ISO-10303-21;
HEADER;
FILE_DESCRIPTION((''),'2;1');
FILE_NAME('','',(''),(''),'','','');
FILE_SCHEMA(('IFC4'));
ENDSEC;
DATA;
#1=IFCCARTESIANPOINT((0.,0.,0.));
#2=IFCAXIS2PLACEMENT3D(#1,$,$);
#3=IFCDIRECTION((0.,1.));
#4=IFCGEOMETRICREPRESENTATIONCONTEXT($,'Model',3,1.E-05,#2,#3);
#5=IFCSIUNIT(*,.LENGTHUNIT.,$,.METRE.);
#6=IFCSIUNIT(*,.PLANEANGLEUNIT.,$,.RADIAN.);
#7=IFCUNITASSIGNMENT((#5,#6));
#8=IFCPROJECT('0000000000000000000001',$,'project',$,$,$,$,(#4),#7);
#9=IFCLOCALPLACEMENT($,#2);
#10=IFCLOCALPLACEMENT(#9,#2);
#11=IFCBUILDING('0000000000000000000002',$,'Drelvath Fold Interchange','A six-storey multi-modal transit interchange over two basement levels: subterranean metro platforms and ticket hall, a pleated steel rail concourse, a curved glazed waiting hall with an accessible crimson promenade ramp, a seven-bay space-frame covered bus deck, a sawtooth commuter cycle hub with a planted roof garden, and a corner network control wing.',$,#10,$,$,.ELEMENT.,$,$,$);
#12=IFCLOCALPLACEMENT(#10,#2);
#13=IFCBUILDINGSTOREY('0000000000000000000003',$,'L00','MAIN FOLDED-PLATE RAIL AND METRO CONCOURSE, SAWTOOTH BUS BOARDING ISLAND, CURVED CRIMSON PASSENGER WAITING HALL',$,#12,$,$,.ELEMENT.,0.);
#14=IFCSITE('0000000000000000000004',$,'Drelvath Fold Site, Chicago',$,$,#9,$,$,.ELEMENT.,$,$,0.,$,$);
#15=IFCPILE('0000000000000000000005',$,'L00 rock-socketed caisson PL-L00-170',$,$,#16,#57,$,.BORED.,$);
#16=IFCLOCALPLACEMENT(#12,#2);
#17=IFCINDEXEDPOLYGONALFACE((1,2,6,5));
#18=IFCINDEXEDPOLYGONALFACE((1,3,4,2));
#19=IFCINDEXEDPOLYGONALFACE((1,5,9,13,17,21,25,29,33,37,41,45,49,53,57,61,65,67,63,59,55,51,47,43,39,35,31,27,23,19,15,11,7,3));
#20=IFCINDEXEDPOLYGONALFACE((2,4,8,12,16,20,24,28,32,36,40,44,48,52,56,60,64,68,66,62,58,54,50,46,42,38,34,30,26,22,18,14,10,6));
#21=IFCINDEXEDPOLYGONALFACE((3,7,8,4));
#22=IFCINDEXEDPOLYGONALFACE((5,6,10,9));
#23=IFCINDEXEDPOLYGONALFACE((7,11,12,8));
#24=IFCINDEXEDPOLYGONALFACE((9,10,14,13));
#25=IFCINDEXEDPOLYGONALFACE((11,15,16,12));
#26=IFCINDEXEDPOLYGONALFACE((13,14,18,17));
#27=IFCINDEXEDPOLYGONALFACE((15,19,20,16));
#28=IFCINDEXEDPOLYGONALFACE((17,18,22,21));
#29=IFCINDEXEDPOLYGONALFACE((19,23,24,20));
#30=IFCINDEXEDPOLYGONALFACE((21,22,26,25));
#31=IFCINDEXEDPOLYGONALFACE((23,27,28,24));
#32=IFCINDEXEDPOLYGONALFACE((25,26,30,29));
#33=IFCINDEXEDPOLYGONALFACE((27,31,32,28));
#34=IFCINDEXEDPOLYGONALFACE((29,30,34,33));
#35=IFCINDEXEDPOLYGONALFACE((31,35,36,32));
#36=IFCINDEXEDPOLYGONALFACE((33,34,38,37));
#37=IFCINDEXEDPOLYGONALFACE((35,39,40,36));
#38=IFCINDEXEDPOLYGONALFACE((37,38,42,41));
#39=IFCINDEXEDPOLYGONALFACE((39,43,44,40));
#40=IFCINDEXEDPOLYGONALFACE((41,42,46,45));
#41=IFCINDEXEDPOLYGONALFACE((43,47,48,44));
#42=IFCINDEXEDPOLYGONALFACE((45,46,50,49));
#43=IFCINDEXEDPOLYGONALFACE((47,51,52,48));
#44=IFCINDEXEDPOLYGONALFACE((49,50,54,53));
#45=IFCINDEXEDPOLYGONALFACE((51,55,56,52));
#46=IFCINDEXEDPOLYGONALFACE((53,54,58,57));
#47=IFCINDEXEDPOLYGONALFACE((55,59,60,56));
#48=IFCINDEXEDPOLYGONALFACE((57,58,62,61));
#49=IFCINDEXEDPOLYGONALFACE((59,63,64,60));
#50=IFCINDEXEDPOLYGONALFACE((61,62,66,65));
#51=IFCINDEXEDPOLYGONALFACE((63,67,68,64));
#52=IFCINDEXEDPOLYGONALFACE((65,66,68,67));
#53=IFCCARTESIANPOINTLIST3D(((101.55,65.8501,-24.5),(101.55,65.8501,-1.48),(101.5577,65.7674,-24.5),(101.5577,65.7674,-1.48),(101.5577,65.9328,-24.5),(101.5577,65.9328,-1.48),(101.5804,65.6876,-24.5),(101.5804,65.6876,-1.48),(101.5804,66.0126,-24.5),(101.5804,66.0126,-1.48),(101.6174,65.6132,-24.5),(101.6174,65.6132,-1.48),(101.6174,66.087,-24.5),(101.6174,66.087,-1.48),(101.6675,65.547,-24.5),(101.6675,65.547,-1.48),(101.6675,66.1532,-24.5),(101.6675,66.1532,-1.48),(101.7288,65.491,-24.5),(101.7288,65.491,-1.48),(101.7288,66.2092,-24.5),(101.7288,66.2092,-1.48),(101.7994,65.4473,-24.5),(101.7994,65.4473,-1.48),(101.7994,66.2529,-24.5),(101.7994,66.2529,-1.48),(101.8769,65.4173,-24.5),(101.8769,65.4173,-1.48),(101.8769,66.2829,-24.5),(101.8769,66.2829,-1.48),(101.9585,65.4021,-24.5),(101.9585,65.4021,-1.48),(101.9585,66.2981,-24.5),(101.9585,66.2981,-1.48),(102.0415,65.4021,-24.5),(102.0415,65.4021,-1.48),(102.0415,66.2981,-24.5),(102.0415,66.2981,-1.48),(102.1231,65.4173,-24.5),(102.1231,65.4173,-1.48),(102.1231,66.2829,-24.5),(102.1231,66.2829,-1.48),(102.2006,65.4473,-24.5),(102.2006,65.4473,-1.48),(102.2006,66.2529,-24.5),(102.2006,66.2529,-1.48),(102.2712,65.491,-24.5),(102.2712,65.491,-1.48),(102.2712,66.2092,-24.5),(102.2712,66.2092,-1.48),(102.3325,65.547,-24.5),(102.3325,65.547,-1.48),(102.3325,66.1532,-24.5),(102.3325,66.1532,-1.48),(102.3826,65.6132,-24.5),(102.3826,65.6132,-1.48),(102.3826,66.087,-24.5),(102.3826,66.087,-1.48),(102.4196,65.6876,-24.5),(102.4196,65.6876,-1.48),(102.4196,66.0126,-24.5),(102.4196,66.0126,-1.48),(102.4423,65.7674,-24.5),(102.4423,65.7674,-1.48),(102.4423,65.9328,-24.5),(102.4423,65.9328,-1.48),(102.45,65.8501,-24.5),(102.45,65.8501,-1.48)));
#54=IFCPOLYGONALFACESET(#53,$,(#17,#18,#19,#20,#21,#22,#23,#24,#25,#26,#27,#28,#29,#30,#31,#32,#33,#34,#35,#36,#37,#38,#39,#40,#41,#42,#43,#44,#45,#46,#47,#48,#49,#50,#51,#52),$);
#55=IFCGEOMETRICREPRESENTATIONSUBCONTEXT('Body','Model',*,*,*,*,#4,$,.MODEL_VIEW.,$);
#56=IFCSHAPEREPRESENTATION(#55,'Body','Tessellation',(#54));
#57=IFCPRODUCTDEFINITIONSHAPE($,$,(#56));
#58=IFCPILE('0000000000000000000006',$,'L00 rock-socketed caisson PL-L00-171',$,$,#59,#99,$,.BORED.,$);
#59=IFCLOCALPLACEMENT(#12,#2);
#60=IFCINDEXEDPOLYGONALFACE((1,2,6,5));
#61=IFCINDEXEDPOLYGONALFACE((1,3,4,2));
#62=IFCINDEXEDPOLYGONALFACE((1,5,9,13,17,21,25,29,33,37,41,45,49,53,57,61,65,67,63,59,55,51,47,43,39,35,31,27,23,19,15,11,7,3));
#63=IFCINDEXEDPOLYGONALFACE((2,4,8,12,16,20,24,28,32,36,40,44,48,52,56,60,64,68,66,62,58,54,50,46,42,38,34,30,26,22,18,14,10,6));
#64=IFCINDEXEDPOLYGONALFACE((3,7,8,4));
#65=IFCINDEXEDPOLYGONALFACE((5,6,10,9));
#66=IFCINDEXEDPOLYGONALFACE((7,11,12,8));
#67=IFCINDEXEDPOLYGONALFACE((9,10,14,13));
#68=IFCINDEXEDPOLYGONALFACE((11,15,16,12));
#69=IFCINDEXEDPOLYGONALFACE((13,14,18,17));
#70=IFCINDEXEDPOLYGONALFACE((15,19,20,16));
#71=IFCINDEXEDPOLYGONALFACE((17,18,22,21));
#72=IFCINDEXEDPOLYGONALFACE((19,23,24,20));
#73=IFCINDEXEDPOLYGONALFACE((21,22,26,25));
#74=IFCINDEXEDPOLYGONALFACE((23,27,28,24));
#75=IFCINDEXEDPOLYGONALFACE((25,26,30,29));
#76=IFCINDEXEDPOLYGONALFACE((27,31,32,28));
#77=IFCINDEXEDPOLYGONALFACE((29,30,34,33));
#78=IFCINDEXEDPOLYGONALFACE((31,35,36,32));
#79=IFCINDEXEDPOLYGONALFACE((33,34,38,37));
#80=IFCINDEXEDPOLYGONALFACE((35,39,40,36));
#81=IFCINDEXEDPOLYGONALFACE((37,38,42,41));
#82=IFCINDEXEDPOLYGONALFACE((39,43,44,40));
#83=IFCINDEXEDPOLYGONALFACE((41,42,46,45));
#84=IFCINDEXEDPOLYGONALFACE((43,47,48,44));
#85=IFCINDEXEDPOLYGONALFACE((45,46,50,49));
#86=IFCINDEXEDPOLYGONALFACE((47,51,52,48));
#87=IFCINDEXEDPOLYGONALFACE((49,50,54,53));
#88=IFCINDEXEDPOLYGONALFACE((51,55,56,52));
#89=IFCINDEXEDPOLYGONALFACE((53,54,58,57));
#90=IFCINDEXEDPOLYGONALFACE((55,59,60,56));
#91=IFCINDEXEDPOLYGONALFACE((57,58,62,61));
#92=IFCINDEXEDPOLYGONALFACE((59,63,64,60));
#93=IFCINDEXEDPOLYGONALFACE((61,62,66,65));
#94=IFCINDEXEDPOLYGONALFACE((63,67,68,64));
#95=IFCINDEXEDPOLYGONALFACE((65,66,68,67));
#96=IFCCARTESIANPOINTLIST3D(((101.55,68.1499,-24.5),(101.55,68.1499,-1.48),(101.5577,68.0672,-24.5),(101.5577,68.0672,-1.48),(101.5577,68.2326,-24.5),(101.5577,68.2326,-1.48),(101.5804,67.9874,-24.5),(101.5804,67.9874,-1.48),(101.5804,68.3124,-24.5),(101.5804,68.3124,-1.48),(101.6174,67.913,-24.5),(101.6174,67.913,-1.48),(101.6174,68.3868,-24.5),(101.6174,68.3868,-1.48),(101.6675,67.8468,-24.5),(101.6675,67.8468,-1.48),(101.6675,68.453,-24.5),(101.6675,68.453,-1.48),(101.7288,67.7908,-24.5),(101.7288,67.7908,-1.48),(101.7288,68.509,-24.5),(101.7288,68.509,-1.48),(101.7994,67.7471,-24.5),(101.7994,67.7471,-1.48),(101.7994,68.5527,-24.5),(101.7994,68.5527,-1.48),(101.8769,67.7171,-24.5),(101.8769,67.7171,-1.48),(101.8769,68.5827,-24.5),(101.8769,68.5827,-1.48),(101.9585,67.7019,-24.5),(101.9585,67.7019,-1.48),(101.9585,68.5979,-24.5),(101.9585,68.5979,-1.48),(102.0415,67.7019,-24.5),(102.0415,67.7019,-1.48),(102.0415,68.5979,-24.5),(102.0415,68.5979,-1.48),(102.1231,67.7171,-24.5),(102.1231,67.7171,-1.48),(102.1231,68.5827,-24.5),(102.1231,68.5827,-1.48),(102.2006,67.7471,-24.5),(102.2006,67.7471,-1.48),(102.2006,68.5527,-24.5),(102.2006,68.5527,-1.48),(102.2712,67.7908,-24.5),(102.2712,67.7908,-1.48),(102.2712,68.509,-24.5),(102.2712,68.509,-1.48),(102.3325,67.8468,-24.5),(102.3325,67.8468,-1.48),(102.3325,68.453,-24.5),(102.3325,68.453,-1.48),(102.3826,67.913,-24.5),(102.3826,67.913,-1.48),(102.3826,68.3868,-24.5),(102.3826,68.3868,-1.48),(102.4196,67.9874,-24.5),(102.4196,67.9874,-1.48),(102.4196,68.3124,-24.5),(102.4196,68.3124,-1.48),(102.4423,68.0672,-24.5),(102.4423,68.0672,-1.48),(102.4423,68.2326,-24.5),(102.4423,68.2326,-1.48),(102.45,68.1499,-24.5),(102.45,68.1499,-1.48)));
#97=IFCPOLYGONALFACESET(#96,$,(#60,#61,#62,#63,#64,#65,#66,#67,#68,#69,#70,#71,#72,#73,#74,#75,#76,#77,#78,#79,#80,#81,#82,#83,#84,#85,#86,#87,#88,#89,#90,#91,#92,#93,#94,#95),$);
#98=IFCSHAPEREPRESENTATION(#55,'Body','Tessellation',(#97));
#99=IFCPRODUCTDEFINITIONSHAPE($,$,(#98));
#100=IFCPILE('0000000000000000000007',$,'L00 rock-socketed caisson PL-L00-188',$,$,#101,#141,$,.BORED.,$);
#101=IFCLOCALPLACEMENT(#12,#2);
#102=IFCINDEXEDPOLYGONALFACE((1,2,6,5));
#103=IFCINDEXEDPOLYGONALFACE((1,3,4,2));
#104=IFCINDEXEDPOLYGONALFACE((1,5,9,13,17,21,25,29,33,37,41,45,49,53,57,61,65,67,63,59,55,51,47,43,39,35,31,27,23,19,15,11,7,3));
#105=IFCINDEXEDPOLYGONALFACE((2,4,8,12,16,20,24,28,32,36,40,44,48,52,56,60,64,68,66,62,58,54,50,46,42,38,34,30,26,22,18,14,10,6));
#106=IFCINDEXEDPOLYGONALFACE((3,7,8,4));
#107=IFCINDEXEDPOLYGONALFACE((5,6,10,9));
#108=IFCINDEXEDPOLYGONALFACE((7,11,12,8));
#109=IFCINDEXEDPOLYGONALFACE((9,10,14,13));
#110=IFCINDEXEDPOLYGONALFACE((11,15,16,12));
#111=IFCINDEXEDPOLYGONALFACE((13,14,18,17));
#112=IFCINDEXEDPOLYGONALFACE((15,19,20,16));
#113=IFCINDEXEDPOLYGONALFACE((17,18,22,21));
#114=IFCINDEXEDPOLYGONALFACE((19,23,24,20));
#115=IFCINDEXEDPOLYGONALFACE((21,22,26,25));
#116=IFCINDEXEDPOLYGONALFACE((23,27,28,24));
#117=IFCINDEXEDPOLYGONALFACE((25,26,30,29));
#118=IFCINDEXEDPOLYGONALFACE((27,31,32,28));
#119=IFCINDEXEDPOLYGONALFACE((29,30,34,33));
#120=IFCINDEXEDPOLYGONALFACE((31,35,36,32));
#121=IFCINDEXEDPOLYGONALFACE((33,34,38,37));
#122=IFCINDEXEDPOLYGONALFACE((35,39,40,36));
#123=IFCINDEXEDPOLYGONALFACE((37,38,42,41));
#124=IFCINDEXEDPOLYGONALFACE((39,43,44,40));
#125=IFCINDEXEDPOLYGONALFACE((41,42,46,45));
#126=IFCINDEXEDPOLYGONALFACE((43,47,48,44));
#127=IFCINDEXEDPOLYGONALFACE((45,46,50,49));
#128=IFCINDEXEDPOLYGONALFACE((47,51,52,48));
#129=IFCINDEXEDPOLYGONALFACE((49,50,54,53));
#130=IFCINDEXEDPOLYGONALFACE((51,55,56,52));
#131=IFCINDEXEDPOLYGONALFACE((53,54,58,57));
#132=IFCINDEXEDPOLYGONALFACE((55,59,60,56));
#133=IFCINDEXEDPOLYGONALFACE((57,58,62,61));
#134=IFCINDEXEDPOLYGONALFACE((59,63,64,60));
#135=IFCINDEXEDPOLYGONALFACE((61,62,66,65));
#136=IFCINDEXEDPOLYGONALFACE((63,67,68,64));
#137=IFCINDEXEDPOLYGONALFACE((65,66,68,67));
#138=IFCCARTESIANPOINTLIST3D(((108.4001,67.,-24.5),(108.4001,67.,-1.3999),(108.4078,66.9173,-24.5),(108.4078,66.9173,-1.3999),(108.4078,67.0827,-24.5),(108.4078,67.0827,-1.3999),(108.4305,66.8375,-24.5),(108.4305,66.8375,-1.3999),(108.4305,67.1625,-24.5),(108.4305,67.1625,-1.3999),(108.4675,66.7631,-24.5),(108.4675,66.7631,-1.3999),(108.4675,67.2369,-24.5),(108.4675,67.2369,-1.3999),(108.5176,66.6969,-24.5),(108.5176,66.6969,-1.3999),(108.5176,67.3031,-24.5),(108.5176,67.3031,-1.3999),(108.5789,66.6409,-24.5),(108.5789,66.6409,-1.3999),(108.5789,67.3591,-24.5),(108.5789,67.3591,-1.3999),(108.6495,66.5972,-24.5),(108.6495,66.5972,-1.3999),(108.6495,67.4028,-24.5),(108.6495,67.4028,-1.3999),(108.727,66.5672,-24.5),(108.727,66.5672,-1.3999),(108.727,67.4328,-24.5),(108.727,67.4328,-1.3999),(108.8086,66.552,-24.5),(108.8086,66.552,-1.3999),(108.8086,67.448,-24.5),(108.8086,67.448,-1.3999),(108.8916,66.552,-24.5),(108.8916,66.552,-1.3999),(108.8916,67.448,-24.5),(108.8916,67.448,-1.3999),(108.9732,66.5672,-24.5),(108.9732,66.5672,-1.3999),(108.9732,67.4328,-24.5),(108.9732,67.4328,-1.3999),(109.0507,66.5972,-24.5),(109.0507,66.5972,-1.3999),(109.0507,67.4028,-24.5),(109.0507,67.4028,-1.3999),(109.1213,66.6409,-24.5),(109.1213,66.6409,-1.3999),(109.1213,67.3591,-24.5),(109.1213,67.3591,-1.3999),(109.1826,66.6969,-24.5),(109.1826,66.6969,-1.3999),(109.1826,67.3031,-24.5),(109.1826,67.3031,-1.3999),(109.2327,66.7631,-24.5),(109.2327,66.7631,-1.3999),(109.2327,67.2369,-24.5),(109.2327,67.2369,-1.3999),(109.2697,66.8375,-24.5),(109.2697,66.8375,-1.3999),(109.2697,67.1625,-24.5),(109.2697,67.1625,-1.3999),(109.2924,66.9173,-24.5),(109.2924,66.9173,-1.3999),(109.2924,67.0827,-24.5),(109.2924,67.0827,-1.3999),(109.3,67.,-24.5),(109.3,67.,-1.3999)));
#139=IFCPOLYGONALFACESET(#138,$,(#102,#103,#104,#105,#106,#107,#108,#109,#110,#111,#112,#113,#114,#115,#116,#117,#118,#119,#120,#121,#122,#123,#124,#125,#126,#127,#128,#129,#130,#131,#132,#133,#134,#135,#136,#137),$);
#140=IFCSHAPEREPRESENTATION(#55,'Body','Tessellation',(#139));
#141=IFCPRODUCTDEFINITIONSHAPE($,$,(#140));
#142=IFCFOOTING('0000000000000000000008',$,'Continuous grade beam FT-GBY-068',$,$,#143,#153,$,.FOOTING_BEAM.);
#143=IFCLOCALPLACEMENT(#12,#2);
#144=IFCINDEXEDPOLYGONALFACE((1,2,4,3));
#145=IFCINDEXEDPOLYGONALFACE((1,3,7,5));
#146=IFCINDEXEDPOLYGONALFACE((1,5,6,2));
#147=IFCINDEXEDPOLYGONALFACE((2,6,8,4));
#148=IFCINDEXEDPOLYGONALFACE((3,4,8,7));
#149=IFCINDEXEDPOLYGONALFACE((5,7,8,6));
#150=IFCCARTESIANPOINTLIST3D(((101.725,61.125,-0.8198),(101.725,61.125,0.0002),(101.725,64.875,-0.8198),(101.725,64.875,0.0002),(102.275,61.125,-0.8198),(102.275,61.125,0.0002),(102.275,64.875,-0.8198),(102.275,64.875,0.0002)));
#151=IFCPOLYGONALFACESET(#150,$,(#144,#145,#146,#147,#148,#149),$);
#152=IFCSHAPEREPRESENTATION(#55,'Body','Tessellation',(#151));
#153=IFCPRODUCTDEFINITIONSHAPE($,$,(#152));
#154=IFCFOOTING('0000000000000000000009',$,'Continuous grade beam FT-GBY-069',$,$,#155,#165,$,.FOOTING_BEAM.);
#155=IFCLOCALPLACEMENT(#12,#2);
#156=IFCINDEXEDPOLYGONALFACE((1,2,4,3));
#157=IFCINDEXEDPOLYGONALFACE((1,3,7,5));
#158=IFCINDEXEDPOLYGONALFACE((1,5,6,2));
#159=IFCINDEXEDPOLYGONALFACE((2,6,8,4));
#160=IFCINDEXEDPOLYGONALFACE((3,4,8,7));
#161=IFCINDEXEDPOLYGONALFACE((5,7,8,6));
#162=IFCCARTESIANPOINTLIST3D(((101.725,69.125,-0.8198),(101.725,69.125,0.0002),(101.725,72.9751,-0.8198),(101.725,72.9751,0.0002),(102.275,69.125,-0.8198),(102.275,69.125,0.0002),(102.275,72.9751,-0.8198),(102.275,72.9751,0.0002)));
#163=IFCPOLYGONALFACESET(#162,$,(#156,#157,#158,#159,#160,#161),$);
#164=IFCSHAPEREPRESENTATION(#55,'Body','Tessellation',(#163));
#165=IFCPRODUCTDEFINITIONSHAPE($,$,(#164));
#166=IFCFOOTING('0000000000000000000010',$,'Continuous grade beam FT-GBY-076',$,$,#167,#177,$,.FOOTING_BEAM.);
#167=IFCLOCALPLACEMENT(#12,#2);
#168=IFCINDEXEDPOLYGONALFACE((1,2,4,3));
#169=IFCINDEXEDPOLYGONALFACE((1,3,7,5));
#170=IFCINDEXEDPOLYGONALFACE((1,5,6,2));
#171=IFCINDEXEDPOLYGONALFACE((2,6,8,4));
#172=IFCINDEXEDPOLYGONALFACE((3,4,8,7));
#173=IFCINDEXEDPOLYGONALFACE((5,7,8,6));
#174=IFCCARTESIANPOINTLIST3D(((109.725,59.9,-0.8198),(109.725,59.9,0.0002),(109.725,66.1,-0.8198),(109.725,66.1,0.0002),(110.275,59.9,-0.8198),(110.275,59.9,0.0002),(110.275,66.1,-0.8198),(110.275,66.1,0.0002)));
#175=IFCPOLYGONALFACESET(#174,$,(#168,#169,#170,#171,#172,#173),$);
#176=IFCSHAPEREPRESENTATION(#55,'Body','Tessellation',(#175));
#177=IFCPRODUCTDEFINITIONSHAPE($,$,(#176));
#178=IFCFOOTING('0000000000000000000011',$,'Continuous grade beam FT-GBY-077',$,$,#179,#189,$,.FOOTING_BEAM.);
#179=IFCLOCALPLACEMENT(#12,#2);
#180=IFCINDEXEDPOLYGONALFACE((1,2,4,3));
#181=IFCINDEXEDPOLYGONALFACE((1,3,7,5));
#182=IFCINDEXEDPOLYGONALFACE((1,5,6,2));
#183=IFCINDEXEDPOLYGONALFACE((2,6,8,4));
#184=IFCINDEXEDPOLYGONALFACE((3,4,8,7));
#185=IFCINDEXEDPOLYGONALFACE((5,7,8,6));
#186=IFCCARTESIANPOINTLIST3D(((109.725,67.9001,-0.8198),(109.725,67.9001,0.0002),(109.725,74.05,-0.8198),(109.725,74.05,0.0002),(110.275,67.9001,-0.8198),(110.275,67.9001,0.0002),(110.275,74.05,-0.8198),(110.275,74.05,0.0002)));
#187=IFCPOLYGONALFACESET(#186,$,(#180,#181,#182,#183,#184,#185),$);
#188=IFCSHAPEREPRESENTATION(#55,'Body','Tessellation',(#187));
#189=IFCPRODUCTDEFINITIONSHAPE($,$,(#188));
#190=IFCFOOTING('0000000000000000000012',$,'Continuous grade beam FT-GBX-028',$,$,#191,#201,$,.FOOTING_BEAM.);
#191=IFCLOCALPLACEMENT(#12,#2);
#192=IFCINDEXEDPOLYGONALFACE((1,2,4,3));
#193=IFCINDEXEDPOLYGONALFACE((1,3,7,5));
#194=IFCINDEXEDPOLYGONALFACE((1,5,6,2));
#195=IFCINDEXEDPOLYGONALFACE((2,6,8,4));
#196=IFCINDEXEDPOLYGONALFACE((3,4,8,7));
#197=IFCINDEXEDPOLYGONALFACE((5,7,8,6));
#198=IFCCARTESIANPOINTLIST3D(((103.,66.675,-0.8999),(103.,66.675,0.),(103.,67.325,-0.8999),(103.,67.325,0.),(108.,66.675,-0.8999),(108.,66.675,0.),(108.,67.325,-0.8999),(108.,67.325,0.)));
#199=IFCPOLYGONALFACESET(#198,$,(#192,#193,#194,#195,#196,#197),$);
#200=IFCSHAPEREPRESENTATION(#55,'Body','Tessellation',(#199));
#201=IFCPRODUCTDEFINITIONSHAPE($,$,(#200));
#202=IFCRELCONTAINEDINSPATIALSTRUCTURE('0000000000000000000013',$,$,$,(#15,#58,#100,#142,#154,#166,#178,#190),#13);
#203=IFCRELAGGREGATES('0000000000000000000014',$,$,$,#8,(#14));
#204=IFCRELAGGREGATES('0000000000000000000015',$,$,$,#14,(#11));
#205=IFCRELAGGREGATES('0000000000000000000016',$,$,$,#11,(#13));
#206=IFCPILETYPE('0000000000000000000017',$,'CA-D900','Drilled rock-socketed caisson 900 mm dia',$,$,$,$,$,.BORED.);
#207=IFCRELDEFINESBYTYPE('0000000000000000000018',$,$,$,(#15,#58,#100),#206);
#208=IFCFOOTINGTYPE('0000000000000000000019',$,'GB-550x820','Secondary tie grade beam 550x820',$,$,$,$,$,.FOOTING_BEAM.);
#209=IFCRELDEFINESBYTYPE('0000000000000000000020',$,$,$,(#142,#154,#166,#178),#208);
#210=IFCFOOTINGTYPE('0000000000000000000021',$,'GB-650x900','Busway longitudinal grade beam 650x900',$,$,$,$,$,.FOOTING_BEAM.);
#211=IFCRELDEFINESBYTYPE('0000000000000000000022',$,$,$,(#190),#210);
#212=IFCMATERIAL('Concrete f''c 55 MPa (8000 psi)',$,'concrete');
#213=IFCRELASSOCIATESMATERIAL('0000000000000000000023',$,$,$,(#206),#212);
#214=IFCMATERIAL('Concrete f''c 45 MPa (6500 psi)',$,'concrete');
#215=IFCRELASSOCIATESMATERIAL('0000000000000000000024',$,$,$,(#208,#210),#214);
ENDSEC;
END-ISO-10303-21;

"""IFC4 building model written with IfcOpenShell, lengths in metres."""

from ifc_helpers import new_model, si_unit, direction, frame, origin, origin_2d, place, context, subcontext, project, spatial, rectangle, circle, extrude, material, material_profile, profile_set, type_object, element, save


model = new_model("IFC4")

# Units and contexts
model_context = context("Model", 3, precision=1e-05, world=origin(), true_north=direction((0.0, 1.0)))
body_context = subcontext(model_context, "Body", "Model", "MODEL_VIEW")
ifc_project = project(units=[si_unit("LENGTHUNIT", "METRE"), si_unit("PLANEANGLEUNIT", "RADIAN")], contexts=[model_context])

# Site, building, storey
site_placement = place(None, origin())
site = spatial("IfcSite", under=ifc_project, at=site_placement, Name="Drelvath Fold Site, Chicago", CompositionType="ELEMENT", RefElevation=0.0)
building_placement = place(site_placement, origin())
building = spatial("IfcBuilding", under=site, at=building_placement, Name="Drelvath Fold Interchange", Description="A six-storey multi-modal transit interchange over two basement levels: subterranean metro platforms and ticket hall, a pleated steel rail concourse, a curved glazed waiting hall with an accessible crimson promenade ramp, a seven-bay space-frame covered bus deck, a sawtooth commuter cycle hub with a planted roof garden, and a corner network control wing.", CompositionType="ELEMENT")
storey_placement = place(building_placement, origin())
storey = spatial("IfcBuildingStorey", under=building, at=storey_placement, Name="L00", Description="MAIN FOLDED-PLATE RAIL AND METRO CONCOURSE, SAWTOOTH BUS BOARDING ISLAND, CURVED CRIMSON PASSENGER WAITING HALL", CompositionType="ELEMENT", Elevation=0.0)

# Piles
ifc_material_1 = material(Name="Concrete f'c 55 MPa (8000 psi)", Category="concrete")
ifc_material_profile_1 = material_profile(ifc_material_1, circle(Radius=0.45, at=origin_2d()), Name="CAISSON D900")
ifc_profile_set_1 = profile_set([ifc_material_profile_1], Name="Concrete f'c 55 MPa (8000 psi)")
pile_type = type_object("IfcPileType", Name="CA-D900", Description="Drilled rock-socketed caisson 900 mm dia", PredefinedType="BORED", material=ifc_profile_set_1)
for number, where, z_axis, x_axis, name in (
    (1, (102.0, 65.8501, -1.48), (0.0, 0.0, -1.0), (1.0, 0.0, 0.0), "L00 rock-socketed caisson PL-L00-170"),
    (2, (102.0, 68.1499, -1.48), (0.0, 0.0, -1.0), (1.0, 0.0, 0.0), "L00 rock-socketed caisson PL-L00-171"),
):
    element("IfcPile", number, at=place(storey_placement, frame(where, z_axis=z_axis, x_axis=x_axis)), inside=storey, type_object=pile_type, Name=name, PredefinedType="BORED", context=body_context, shape_type="SweptSolid", body=[
        extrude(circle(Radius=0.45, at=origin_2d()), origin(), (0.0, 0.0, 1.0), 23.02),
    ])
pile_placement = place(storey_placement, frame((108.8501, 67.0, -1.3999), z_axis=(0.0, 0.0, -1.0), x_axis=(1.0, 0.0, 0.0)))
element("IfcPile", 3, at=pile_placement, inside=storey, type_object=pile_type, Name="L00 rock-socketed caisson PL-L00-188", PredefinedType="BORED", context=body_context, shape_type="SweptSolid", body=[
    extrude(circle(Radius=0.45, at=origin_2d()), origin(), (0.0, 0.0, 1.0), 23.1001),
])

# Footings
ifc_material_2 = material(Name="Concrete f'c 45 MPa (6500 psi)", Category="concrete")
footing_type_1 = type_object("IfcFootingType", Name="GB-550x820", Description="Secondary tie grade beam 550x820", PredefinedType="FOOTING_BEAM", material=ifc_material_2)
footing_1_placement = place(storey_placement, frame((102.0, 63.0, -0.8198), z_axis=(0.0, 0.0, 1.0), x_axis=(1.0, 0.0, 0.0)))
element("IfcFooting", 4, at=footing_1_placement, inside=storey, type_object=footing_type_1, Name="Continuous grade beam FT-GBY-068", PredefinedType="FOOTING_BEAM", context=body_context, shape_type="SweptSolid", body=[
    extrude(rectangle(XDim=0.55, YDim=3.75, at=origin_2d()), origin(), (0.0, 0.0, 1.0), 0.8201),
])
footing_2_placement = place(storey_placement, frame((102.0, 71.05, -0.8198), z_axis=(0.0, 0.0, 1.0), x_axis=(1.0, 0.0, 0.0)))
element("IfcFooting", 5, at=footing_2_placement, inside=storey, type_object=footing_type_1, Name="Continuous grade beam FT-GBY-069", PredefinedType="FOOTING_BEAM", context=body_context, shape_type="SweptSolid", body=[
    extrude(rectangle(XDim=0.55, YDim=3.8501, at=origin_2d()), origin(), (0.0, 0.0, 1.0), 0.8201),
])
footing_3_placement = place(storey_placement, frame((110.0, 63.0, -0.8198), z_axis=(0.0, 0.0, 1.0), x_axis=(1.0, 0.0, 0.0)))
element("IfcFooting", 6, at=footing_3_placement, inside=storey, type_object=footing_type_1, Name="Continuous grade beam FT-GBY-076", PredefinedType="FOOTING_BEAM", context=body_context, shape_type="SweptSolid", body=[
    extrude(rectangle(XDim=0.55, YDim=6.2, at=origin_2d()), origin(), (0.0, 0.0, 1.0), 0.8201),
])
footing_4_placement = place(storey_placement, frame((110.0, 70.9751, -0.8198), z_axis=(0.0, 0.0, 1.0), x_axis=(1.0, 0.0, 0.0)))
element("IfcFooting", 7, at=footing_4_placement, inside=storey, type_object=footing_type_1, Name="Continuous grade beam FT-GBY-077", PredefinedType="FOOTING_BEAM", context=body_context, shape_type="SweptSolid", body=[
    extrude(rectangle(XDim=0.55, YDim=6.1499, at=origin_2d()), origin(), (0.0, 0.0, 1.0), 0.8201),
])
footing_type_2 = type_object("IfcFootingType", Name="GB-650x900", Description="Busway longitudinal grade beam 650x900", PredefinedType="FOOTING_BEAM", material=ifc_material_2)
footing_5_placement = place(storey_placement, frame((105.5, 67.0, -0.8999), z_axis=(0.0, 0.0, 1.0), x_axis=(1.0, 0.0, 0.0)))
element("IfcFooting", 8, at=footing_5_placement, inside=storey, type_object=footing_type_2, Name="Continuous grade beam FT-GBX-028", PredefinedType="FOOTING_BEAM", context=body_context, shape_type="SweptSolid", body=[
    extrude(rectangle(XDim=5.0, YDim=0.6499, at=origin_2d()), origin(), (0.0, 0.0, 1.0), 0.8999),
])

save(model, "model.ifc")
